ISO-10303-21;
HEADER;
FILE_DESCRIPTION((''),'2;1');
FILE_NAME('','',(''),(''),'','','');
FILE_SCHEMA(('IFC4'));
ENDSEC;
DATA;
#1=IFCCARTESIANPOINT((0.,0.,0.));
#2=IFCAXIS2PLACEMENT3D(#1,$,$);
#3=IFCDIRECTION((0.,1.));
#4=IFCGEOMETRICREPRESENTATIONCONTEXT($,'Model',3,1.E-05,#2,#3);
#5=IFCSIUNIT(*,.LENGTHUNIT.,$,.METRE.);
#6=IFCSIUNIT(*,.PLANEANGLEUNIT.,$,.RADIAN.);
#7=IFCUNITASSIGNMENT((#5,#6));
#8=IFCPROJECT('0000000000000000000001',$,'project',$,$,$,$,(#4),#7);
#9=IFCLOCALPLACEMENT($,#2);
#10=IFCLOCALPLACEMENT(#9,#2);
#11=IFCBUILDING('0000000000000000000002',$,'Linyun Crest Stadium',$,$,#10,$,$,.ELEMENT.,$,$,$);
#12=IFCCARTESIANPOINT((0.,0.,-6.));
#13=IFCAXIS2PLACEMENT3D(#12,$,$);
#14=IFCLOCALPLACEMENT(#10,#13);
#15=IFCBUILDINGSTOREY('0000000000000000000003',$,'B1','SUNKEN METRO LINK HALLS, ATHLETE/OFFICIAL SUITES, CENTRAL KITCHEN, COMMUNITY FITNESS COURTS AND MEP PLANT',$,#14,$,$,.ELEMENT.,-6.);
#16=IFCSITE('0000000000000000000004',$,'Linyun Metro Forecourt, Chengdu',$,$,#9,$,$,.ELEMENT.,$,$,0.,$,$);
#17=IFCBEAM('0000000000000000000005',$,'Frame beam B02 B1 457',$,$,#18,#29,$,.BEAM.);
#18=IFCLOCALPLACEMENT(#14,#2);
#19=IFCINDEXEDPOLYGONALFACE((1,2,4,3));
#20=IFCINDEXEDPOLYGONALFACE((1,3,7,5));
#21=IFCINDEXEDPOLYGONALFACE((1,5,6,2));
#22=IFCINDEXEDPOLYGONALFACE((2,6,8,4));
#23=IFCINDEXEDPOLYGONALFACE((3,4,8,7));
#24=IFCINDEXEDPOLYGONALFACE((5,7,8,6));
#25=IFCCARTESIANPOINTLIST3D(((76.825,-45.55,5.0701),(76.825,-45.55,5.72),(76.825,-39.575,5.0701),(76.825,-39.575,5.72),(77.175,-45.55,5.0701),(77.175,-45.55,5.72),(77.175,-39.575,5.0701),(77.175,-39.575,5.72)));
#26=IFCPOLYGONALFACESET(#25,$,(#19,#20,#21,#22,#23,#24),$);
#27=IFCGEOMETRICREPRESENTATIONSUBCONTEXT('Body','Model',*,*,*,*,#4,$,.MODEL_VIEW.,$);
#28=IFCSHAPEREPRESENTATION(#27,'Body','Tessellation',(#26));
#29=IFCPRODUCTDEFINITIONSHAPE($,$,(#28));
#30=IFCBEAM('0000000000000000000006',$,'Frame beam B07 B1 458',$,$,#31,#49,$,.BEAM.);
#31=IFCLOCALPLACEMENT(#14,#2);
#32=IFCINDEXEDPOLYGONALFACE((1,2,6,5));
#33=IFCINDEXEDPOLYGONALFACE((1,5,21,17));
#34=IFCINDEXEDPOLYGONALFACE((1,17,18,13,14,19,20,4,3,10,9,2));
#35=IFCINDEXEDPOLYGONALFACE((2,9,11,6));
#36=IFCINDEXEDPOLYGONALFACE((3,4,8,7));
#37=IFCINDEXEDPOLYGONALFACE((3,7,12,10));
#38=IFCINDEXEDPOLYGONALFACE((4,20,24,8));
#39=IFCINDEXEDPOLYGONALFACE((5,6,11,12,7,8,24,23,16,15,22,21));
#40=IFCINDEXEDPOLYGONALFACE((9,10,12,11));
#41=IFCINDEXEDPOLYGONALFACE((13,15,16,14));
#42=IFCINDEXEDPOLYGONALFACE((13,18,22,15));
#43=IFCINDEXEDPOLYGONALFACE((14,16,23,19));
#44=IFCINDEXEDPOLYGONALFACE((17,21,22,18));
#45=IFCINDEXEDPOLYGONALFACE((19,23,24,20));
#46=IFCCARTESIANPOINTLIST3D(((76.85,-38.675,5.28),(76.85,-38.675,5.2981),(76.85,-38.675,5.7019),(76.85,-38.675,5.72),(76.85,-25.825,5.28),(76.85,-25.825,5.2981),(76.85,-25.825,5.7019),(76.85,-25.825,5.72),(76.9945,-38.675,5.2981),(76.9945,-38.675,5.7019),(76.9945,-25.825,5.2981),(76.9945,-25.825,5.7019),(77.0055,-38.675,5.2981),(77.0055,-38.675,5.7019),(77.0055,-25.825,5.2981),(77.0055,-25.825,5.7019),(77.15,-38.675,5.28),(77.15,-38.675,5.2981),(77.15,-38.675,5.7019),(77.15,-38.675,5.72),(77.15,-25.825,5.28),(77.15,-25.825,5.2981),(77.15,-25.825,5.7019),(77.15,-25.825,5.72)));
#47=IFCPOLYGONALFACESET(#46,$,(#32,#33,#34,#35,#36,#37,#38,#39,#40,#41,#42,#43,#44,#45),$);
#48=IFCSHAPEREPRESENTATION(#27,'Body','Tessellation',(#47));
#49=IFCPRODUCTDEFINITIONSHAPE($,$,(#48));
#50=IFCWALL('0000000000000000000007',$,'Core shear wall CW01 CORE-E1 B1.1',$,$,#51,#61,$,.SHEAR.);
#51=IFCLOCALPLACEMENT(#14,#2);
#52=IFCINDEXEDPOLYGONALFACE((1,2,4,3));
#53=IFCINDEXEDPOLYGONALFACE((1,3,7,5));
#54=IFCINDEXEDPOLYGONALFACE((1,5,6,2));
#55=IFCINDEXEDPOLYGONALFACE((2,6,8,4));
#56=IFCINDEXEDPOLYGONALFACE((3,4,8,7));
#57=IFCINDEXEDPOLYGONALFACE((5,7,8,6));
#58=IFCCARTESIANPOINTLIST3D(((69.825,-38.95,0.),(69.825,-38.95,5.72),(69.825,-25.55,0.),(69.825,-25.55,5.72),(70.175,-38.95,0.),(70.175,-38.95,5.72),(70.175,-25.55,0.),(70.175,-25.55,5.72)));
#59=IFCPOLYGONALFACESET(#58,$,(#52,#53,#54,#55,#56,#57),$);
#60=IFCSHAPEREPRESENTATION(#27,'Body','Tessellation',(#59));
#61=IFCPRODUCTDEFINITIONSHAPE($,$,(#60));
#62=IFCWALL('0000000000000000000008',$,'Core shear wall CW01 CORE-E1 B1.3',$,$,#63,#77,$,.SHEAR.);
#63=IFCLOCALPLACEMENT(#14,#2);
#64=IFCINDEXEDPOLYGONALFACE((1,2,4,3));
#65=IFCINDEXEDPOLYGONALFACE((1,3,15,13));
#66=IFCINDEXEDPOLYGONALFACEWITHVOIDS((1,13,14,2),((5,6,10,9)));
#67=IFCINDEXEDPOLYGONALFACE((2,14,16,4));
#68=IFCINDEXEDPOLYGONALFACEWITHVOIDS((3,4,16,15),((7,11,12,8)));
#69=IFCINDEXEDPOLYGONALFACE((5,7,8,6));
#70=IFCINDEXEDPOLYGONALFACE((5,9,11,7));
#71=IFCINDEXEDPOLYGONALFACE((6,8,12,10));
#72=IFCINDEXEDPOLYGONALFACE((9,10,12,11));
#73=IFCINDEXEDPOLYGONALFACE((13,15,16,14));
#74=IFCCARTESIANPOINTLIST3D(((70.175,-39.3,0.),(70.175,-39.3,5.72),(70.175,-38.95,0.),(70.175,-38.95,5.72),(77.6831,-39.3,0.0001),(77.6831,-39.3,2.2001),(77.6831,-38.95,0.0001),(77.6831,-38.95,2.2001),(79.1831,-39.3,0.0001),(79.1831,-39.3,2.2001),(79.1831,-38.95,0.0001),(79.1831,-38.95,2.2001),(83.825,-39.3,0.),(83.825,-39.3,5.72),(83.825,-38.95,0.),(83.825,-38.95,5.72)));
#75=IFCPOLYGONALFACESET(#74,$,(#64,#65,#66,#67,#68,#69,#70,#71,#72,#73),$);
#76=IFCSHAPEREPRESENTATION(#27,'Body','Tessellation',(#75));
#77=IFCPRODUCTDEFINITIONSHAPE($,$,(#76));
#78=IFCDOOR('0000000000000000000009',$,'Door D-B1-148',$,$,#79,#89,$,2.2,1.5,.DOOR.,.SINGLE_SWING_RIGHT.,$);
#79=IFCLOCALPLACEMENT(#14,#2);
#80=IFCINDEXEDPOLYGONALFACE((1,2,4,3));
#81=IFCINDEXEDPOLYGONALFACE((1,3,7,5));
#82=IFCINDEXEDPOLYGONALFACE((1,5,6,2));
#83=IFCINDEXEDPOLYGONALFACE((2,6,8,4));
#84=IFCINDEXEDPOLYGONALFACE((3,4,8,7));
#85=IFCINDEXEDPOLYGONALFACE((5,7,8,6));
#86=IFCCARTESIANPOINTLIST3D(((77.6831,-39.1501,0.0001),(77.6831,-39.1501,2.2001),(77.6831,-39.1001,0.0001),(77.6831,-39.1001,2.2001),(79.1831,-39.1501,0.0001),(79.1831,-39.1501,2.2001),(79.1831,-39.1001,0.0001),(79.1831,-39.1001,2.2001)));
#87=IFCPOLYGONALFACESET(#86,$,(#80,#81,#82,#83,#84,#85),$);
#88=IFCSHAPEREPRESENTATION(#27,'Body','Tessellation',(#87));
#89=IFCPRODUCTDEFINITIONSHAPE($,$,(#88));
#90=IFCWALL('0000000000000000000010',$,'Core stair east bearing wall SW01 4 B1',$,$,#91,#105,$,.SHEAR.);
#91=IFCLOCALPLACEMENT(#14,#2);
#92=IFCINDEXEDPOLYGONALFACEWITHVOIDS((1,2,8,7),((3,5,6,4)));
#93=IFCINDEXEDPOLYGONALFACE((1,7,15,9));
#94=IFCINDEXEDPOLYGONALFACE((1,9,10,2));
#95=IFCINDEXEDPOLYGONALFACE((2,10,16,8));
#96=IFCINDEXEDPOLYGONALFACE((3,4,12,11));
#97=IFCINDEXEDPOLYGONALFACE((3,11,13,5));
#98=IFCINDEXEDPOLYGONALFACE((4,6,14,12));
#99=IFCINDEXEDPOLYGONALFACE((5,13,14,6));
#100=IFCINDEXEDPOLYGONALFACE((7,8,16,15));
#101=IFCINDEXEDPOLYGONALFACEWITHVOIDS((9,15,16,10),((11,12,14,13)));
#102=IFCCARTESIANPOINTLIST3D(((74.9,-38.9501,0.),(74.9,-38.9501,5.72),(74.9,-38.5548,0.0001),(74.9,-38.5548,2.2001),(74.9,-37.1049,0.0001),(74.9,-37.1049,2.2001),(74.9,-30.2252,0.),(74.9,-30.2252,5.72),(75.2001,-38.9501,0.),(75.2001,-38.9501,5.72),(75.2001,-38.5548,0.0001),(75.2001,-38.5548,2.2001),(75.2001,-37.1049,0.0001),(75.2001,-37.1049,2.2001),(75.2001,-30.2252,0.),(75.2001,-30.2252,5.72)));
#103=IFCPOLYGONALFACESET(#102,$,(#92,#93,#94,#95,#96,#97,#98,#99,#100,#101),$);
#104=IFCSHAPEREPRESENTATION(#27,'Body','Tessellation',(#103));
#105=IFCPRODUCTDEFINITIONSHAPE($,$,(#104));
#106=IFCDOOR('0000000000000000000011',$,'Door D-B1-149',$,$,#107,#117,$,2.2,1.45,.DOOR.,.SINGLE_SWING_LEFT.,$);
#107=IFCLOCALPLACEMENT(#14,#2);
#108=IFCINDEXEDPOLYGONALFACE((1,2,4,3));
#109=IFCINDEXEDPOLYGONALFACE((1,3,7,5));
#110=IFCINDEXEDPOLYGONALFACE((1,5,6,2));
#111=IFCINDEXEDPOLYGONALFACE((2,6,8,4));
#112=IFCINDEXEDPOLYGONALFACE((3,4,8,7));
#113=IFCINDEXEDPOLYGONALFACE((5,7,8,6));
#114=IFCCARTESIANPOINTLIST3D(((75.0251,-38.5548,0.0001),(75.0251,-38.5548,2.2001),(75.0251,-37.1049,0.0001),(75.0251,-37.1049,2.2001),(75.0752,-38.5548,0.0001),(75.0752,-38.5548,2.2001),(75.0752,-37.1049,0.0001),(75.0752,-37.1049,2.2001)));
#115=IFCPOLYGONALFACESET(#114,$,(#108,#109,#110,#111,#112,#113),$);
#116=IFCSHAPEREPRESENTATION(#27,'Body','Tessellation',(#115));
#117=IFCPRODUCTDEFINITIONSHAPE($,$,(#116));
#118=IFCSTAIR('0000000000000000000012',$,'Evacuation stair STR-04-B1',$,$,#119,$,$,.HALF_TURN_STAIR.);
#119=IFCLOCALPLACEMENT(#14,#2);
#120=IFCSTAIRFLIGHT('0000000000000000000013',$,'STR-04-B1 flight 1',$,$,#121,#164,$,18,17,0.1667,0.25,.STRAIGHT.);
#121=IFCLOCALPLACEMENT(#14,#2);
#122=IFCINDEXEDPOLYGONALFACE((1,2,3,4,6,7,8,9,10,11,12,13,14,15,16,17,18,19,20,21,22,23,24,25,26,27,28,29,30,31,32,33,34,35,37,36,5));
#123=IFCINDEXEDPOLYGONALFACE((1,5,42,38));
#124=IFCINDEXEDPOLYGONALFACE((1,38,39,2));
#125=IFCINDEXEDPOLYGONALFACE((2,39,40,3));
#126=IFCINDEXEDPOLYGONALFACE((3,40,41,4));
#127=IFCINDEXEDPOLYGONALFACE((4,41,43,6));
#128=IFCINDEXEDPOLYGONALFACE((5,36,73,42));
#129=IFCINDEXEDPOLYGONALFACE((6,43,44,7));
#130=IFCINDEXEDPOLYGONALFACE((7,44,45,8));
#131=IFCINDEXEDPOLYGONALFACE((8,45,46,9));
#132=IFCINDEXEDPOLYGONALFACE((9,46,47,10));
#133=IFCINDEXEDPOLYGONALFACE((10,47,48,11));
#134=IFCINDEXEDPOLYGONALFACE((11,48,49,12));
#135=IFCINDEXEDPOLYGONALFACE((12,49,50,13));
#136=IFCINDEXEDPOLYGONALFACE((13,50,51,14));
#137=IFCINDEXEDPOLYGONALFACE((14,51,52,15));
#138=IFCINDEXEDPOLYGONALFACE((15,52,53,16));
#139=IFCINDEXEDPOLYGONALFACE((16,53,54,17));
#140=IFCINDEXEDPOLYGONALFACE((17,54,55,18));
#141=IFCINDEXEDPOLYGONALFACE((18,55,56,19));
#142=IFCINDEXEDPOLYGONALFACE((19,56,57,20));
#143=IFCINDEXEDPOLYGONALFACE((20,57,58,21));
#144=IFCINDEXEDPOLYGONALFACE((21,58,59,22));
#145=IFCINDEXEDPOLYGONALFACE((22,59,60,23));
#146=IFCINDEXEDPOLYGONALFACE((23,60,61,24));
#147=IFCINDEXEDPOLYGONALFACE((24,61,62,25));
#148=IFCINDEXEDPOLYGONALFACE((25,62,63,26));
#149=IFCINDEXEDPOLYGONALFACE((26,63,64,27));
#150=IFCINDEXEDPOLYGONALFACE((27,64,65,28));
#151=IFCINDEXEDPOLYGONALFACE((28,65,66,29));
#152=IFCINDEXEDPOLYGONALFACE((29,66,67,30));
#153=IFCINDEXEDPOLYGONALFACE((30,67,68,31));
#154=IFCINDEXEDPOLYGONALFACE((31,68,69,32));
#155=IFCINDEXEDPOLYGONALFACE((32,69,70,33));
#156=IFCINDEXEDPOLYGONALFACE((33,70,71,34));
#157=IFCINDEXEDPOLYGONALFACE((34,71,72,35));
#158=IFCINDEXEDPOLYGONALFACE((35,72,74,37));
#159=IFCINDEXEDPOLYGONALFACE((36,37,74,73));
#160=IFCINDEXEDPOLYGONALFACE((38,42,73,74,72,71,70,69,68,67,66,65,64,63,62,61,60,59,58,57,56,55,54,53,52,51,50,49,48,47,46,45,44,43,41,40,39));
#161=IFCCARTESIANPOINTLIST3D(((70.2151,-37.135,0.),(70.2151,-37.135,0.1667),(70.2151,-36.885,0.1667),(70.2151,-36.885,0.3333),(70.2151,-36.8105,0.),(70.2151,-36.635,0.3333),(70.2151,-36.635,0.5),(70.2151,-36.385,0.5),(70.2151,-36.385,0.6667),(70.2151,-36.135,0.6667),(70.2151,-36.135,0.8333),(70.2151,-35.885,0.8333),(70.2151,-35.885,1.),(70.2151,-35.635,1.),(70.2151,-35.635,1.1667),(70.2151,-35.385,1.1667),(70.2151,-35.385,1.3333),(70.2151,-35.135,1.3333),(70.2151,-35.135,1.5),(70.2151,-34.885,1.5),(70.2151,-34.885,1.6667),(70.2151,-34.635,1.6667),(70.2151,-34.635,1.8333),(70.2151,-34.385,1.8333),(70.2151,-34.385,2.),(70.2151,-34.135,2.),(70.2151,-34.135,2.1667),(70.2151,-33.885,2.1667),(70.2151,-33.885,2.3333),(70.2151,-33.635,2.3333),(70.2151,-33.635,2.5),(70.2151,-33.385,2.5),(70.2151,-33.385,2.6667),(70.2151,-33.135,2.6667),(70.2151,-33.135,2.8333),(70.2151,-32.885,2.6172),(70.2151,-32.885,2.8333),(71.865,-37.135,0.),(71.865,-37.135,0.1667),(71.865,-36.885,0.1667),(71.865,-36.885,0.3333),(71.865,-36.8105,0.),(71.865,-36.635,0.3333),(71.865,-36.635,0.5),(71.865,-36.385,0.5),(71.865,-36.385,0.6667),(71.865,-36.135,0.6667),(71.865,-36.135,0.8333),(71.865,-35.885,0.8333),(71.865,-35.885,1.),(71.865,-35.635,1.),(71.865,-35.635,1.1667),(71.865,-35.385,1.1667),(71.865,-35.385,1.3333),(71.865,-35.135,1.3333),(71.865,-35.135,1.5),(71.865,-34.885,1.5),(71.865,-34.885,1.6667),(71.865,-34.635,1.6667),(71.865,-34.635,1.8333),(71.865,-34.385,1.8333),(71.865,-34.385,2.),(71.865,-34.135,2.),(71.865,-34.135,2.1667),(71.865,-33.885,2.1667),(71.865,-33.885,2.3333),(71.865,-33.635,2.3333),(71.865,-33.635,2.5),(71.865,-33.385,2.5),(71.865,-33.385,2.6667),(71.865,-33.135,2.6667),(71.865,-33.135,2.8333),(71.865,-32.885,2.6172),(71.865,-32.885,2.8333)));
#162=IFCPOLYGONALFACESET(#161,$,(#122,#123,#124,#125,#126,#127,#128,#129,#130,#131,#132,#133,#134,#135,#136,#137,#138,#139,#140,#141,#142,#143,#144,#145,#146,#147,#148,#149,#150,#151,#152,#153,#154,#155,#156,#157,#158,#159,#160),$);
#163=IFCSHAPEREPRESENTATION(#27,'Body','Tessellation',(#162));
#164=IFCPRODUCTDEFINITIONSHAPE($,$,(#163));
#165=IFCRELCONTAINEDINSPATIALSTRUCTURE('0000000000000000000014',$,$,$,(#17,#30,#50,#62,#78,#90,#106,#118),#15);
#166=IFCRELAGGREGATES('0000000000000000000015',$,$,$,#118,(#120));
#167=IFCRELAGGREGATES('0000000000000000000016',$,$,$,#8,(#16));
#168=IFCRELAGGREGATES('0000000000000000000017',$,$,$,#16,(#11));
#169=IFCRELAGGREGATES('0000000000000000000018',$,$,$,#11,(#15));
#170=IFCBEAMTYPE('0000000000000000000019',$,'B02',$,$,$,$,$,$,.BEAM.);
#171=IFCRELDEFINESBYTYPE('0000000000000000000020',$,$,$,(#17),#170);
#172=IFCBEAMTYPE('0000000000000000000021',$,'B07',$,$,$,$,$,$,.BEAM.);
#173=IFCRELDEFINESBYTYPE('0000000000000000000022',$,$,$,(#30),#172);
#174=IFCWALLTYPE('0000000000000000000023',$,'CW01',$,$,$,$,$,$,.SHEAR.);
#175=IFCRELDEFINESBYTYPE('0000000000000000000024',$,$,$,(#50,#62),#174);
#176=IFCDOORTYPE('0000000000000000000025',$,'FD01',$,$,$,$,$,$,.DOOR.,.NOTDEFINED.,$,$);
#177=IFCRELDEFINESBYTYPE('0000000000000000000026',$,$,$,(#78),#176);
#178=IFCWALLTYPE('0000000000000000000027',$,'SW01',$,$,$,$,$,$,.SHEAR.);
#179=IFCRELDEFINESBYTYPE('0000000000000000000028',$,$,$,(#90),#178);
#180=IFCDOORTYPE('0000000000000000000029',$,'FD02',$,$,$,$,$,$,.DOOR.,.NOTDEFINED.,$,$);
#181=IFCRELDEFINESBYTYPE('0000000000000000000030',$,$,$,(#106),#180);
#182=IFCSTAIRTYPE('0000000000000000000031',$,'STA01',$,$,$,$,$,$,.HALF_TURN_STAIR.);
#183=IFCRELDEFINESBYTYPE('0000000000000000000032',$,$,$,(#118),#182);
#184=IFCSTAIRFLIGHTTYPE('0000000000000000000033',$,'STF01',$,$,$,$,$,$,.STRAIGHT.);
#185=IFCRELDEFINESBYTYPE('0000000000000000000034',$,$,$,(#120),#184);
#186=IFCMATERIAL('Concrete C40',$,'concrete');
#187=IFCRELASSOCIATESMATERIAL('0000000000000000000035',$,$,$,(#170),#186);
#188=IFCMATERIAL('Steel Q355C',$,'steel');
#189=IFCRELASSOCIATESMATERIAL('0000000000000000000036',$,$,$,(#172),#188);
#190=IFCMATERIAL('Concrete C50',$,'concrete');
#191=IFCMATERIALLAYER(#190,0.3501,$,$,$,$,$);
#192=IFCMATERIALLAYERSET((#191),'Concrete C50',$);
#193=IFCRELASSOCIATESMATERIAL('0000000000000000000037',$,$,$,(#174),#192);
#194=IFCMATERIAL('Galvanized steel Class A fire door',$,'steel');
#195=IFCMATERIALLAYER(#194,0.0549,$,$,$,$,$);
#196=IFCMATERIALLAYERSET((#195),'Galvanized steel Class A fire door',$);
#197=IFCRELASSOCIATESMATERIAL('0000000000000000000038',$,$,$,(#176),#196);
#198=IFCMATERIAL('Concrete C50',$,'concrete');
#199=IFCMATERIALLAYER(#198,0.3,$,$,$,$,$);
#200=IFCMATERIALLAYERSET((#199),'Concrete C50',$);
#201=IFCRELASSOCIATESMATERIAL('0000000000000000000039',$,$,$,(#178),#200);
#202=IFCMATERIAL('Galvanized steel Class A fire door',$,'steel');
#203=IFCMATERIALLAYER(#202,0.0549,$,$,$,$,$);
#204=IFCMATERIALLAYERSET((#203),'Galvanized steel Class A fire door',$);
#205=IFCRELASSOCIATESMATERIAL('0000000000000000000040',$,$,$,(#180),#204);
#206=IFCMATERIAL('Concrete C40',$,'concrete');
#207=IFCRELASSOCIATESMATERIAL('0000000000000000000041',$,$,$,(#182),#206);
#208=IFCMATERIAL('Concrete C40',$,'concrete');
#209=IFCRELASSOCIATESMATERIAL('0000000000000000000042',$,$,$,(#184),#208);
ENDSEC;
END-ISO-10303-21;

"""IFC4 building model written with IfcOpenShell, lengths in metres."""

from ifc_helpers import new_model, si_unit, direction, frame, frame_2d, origin, origin_2d, place, context, subcontext, project, spatial, polyline, rectangle, i_section, outline, extrude, material, layer, layer_set, material_profile, profile_set, type_object, element, fill, aggregate, save


model = new_model("IFC4")

# Units and contexts
model_context = context("Model", 3, precision=1e-05, world=origin(), true_north=direction((0.0, 1.0)))
body_context = subcontext(model_context, "Body", "Model", "MODEL_VIEW")
ifc_project = project(units=[si_unit("LENGTHUNIT", "METRE"), si_unit("PLANEANGLEUNIT", "RADIAN")], contexts=[model_context])

# Site, building, storey
site_placement = place(None, origin())
site = spatial("IfcSite", under=ifc_project, at=site_placement, Name="Linyun Metro Forecourt, Chengdu", CompositionType="ELEMENT", RefElevation=0.0)
building_placement = place(site_placement, origin())
building = spatial("IfcBuilding", under=site, at=building_placement, Name="Linyun Crest Stadium", CompositionType="ELEMENT")
storey_placement = place(building_placement, frame((0.0, 0.0, -6.0)))
storey = spatial("IfcBuildingStorey", under=building, at=storey_placement, Name="B1", Description="SUNKEN METRO LINK HALLS, ATHLETE/OFFICIAL SUITES, CENTRAL KITCHEN, COMMUNITY FITNESS COURTS AND MEP PLANT", CompositionType="ELEMENT", Elevation=-6.0)

# Beams
ifc_material_1 = material(Name="Concrete C40", Category="concrete")
ifc_material_profile_1 = material_profile(ifc_material_1, rectangle(XDim=0.3501, YDim=0.6499, at=origin_2d()), Name="RCB 650x350")
ifc_profile_set_1 = profile_set([ifc_material_profile_1], Name="Concrete C40")
beam_type_1 = type_object("IfcBeamType", Name="B02", PredefinedType="BEAM", material=ifc_profile_set_1)
beam_1_placement = place(storey_placement, frame((77.0, -45.55, 5.395), z_axis=(0.0, 1.0, 0.0), x_axis=(-1.0, 0.0, 0.0)))
element("IfcBeam", 1, at=beam_1_placement, inside=storey, type_object=beam_type_1, Name="Frame beam B02 B1 457", PredefinedType="BEAM", context=body_context, shape_type="SweptSolid", body=[
    extrude(rectangle(XDim=0.3501, YDim=0.6499, at=origin_2d()), origin(), (0.0, 0.0, 1.0), 5.9751),
])
ifc_material_2 = material(Name="Steel Q355C", Category="steel")
ifc_material_profile_2 = material_profile(ifc_material_2, i_section(OverallWidth=0.3, OverallDepth=0.4399, WebThickness=0.011, FlangeThickness=0.0181, at=origin_2d()), Name="HM 440x300")
ifc_profile_set_2 = profile_set([ifc_material_profile_2], Name="Steel Q355C")
beam_type_2 = type_object("IfcBeamType", Name="B07", PredefinedType="BEAM", material=ifc_profile_set_2)
beam_2_placement = place(storey_placement, frame((77.0, -38.675, 5.5), z_axis=(0.0, 1.0, 0.0), x_axis=(-1.0, 0.0, 0.0)))
element("IfcBeam", 2, at=beam_2_placement, inside=storey, type_object=beam_type_2, Name="Frame beam B07 B1 458", PredefinedType="BEAM", context=body_context, shape_type="SweptSolid", body=[
    extrude(i_section(OverallWidth=0.3, OverallDepth=0.4399, WebThickness=0.011, FlangeThickness=0.0181, at=origin_2d()), origin(), (0.0, 0.0, 1.0), 12.8501),
])

# Wall
ifc_material_3 = material(Name="Concrete C50", Category="concrete")
ifc_layer_1 = layer(ifc_material_3, 0.3501)
ifc_layer_set_1 = layer_set([ifc_layer_1], Name="Concrete C50")
wall_type_1 = type_object("IfcWallType", Name="CW01", PredefinedType="SHEAR", material=ifc_layer_set_1)
wall_1_placement = place(storey_placement, frame((70.0, -38.95, 0.0), z_axis=(0.0, 0.0, 1.0), x_axis=(0.0, 1.0, 0.0)))
element("IfcWall", 3, at=wall_1_placement, inside=storey, type_object=wall_type_1, Name="Core shear wall CW01 CORE-E1 B1.1", PredefinedType="SHEAR", context=body_context, shape_type="SweptSolid", body=[
    extrude(rectangle(XDim=13.3999, YDim=0.3501, at=frame_2d((6.7, 0.0))), origin(), (0.0, 0.0, 1.0), 5.72),
])

# Walls, openings, doors
wall_2_placement = place(storey_placement, frame((70.175, -39.125, 0.0), z_axis=(0.0, 0.0, 1.0), x_axis=(1.0, 0.0, 0.0)))
wall_2 = element("IfcWall", 4, at=wall_2_placement, inside=storey, type_object=wall_type_1, Name="Core shear wall CW01 CORE-E1 B1.3", PredefinedType="SHEAR", context=body_context, shape_type="SweptSolid", body=[
    extrude(rectangle(XDim=13.6499, YDim=0.3501, at=frame_2d((6.825, 0.0))), origin(), (0.0, 0.0, 1.0), 5.72),
])
opening_1_placement = place(wall_2_placement, frame((7.5081, 0.0, 0.0)))
opening_1 = element("IfcOpeningElement", 5, at=opening_1_placement, cuts=wall_2, PredefinedType="OPENING", context=body_context, shape_type="SweptSolid", body=[
    extrude(rectangle(XDim=1.5, YDim=2.2, at=frame_2d((0.75, 1.1001))), frame((0.0, 0.1851, 0.0), z_axis=(0.0, -1.0, 0.0), x_axis=(1.0, 0.0, 0.0)), (0.0, 0.0, 1.0), 0.3701),
])
ifc_material_4 = material(Name="Galvanized steel Class A fire door", Category="steel")
ifc_layer_2 = layer(ifc_material_4, 0.0549)
ifc_layer_set_2 = layer_set([ifc_layer_2], Name="Galvanized steel Class A fire door")
door_type_1 = type_object("IfcDoorType", Name="FD01", OperationType="NOTDEFINED", PredefinedType="DOOR", material=ifc_layer_set_2)
door_1_placement = place(opening_1_placement, origin())
door_1 = element("IfcDoor", 6, at=door_1_placement, inside=storey, type_object=door_type_1, Name="Door D-B1-148", OperationType="SINGLE_SWING_RIGHT", OverallHeight=2.2, OverallWidth=1.5, PredefinedType="DOOR", context=body_context, shape_type="SweptSolid", body=[
    extrude(rectangle(XDim=1.5, YDim=2.2, at=frame_2d((0.75, 1.1001))), frame((0.0, 0.0249, 0.0), z_axis=(0.0, -1.0, 0.0), x_axis=(1.0, 0.0, 0.0)), (0.0, 0.0, 1.0), 0.05),
])
fill(opening_1, door_1)
ifc_material_5 = material(Name="Concrete C50", Category="concrete")
ifc_layer_3 = layer(ifc_material_5, 0.3)
ifc_layer_set_3 = layer_set([ifc_layer_3], Name="Concrete C50")
wall_type_2 = type_object("IfcWallType", Name="SW01", PredefinedType="SHEAR", material=ifc_layer_set_3)
wall_3_placement = place(storey_placement, frame((75.05, -38.95, 0.0), z_axis=(0.0, 0.0, 1.0), x_axis=(0.0, 1.0, 0.0)))
wall_3 = element("IfcWall", 7, at=wall_3_placement, inside=storey, type_object=wall_type_2, Name="Core stair east bearing wall SW01 4 B1", PredefinedType="SHEAR", context=body_context, shape_type="SweptSolid", body=[
    extrude(rectangle(XDim=8.7249, YDim=0.3, at=frame_2d((4.3623, 0.0))), origin(), (0.0, 0.0, 1.0), 5.72),
])
opening_2_placement = place(wall_3_placement, frame((0.395, 0.0, 0.0)))
opening_2 = element("IfcOpeningElement", 8, at=opening_2_placement, cuts=wall_3, PredefinedType="OPENING", context=body_context, shape_type="SweptSolid", body=[
    extrude(rectangle(XDim=1.45, YDim=2.2, at=frame_2d((0.7251, 1.1001))), frame((0.0, 0.1599, 0.0), z_axis=(0.0, -1.0, 0.0), x_axis=(1.0, 0.0, 0.0)), (0.0, 0.0, 1.0), 0.3201),
])
ifc_material_6 = material(Name="Galvanized steel Class A fire door", Category="steel")
ifc_layer_4 = layer(ifc_material_6, 0.0549)
ifc_layer_set_4 = layer_set([ifc_layer_4], Name="Galvanized steel Class A fire door")
door_type_2 = type_object("IfcDoorType", Name="FD02", OperationType="NOTDEFINED", PredefinedType="DOOR", material=ifc_layer_set_4)
door_2_placement = place(opening_2_placement, origin())
door_2 = element("IfcDoor", 9, at=door_2_placement, inside=storey, type_object=door_type_2, Name="Door D-B1-149", OperationType="SINGLE_SWING_LEFT", OverallHeight=2.2, OverallWidth=1.45, PredefinedType="DOOR", context=body_context, shape_type="SweptSolid", body=[
    extrude(rectangle(XDim=1.45, YDim=2.2, at=frame_2d((0.7251, 1.1001))), frame((0.0, 0.0249, 0.0), z_axis=(0.0, -1.0, 0.0), x_axis=(1.0, 0.0, 0.0)), (0.0, 0.0, 1.0), 0.05),
])
fill(opening_2, door_2)

# Stair, stair flight
ifc_material_7 = material(Name="Concrete C40", Category="concrete")
stair_type = type_object("IfcStairType", Name="STA01", PredefinedType="HALF_TURN_STAIR", material=ifc_material_7)
stair_placement = place(storey_placement, origin())
stair = element("IfcStair", 10, at=stair_placement, inside=storey, type_object=stair_type, Name="Evacuation stair STR-04-B1", PredefinedType="HALF_TURN_STAIR")
ifc_material_8 = material(Name="Concrete C40", Category="concrete")
stair_flight_type = type_object("IfcStairFlightType", Name="STF01", PredefinedType="STRAIGHT", material=ifc_material_8)
stair_flight_1_placement = place(storey_placement, frame((71.04, -37.135, 0.0), z_axis=(0.0, 0.0, 1.0), x_axis=(0.0, 1.0, 0.0)))
stair_flight_1 = element("IfcStairFlight", 11, at=stair_flight_1_placement, type_object=stair_flight_type, Name="STR-04-B1 flight 1", NumberOfRisers=18, NumberOfTreads=17, PredefinedType="STRAIGHT", RiserHeight=0.1667, TreadLength=0.25, context=body_context, shape_type="SweptSolid", body=[
    extrude(outline(polyline([(0.0, 0.0), (0.0, 0.1667), (0.25, 0.1667), (0.25, 0.3333), (0.5, 0.3333), (0.5, 0.5), (0.75, 0.5), (0.75, 0.6667), (1.0, 0.6667), (1.0, 0.8333), (1.25, 0.8333), (1.25, 1.0), (1.5, 1.0), (1.5, 1.1667), (1.75, 1.1667), (1.75, 1.3333), (2.0, 1.3333), (2.0, 1.5), (2.25, 1.5), (2.25, 1.6667), (2.5, 1.6667), (2.5, 1.8333), (2.75, 1.8333), (2.75, 2.0), (3.0, 2.0), (3.0, 2.1667), (3.25, 2.1667), (3.25, 2.3333), (3.5, 2.3333), (3.5, 2.5), (3.75, 2.5), (3.75, 2.6667), (4.0, 2.6667), (4.0, 2.8333), (4.25, 2.8333), (4.25, 3.0), (4.25, 2.6172), (0.3245, 0.0), (0.0, 0.0)])), frame((0.0, 0.825, 0.0), z_axis=(0.0, -1.0, 0.0), x_axis=(1.0, 0.0, 0.0)), (0.0, 0.0, 1.0), 1.6499),
])
aggregate(stair, [stair_flight_1])

save(model, "model.ifc")
